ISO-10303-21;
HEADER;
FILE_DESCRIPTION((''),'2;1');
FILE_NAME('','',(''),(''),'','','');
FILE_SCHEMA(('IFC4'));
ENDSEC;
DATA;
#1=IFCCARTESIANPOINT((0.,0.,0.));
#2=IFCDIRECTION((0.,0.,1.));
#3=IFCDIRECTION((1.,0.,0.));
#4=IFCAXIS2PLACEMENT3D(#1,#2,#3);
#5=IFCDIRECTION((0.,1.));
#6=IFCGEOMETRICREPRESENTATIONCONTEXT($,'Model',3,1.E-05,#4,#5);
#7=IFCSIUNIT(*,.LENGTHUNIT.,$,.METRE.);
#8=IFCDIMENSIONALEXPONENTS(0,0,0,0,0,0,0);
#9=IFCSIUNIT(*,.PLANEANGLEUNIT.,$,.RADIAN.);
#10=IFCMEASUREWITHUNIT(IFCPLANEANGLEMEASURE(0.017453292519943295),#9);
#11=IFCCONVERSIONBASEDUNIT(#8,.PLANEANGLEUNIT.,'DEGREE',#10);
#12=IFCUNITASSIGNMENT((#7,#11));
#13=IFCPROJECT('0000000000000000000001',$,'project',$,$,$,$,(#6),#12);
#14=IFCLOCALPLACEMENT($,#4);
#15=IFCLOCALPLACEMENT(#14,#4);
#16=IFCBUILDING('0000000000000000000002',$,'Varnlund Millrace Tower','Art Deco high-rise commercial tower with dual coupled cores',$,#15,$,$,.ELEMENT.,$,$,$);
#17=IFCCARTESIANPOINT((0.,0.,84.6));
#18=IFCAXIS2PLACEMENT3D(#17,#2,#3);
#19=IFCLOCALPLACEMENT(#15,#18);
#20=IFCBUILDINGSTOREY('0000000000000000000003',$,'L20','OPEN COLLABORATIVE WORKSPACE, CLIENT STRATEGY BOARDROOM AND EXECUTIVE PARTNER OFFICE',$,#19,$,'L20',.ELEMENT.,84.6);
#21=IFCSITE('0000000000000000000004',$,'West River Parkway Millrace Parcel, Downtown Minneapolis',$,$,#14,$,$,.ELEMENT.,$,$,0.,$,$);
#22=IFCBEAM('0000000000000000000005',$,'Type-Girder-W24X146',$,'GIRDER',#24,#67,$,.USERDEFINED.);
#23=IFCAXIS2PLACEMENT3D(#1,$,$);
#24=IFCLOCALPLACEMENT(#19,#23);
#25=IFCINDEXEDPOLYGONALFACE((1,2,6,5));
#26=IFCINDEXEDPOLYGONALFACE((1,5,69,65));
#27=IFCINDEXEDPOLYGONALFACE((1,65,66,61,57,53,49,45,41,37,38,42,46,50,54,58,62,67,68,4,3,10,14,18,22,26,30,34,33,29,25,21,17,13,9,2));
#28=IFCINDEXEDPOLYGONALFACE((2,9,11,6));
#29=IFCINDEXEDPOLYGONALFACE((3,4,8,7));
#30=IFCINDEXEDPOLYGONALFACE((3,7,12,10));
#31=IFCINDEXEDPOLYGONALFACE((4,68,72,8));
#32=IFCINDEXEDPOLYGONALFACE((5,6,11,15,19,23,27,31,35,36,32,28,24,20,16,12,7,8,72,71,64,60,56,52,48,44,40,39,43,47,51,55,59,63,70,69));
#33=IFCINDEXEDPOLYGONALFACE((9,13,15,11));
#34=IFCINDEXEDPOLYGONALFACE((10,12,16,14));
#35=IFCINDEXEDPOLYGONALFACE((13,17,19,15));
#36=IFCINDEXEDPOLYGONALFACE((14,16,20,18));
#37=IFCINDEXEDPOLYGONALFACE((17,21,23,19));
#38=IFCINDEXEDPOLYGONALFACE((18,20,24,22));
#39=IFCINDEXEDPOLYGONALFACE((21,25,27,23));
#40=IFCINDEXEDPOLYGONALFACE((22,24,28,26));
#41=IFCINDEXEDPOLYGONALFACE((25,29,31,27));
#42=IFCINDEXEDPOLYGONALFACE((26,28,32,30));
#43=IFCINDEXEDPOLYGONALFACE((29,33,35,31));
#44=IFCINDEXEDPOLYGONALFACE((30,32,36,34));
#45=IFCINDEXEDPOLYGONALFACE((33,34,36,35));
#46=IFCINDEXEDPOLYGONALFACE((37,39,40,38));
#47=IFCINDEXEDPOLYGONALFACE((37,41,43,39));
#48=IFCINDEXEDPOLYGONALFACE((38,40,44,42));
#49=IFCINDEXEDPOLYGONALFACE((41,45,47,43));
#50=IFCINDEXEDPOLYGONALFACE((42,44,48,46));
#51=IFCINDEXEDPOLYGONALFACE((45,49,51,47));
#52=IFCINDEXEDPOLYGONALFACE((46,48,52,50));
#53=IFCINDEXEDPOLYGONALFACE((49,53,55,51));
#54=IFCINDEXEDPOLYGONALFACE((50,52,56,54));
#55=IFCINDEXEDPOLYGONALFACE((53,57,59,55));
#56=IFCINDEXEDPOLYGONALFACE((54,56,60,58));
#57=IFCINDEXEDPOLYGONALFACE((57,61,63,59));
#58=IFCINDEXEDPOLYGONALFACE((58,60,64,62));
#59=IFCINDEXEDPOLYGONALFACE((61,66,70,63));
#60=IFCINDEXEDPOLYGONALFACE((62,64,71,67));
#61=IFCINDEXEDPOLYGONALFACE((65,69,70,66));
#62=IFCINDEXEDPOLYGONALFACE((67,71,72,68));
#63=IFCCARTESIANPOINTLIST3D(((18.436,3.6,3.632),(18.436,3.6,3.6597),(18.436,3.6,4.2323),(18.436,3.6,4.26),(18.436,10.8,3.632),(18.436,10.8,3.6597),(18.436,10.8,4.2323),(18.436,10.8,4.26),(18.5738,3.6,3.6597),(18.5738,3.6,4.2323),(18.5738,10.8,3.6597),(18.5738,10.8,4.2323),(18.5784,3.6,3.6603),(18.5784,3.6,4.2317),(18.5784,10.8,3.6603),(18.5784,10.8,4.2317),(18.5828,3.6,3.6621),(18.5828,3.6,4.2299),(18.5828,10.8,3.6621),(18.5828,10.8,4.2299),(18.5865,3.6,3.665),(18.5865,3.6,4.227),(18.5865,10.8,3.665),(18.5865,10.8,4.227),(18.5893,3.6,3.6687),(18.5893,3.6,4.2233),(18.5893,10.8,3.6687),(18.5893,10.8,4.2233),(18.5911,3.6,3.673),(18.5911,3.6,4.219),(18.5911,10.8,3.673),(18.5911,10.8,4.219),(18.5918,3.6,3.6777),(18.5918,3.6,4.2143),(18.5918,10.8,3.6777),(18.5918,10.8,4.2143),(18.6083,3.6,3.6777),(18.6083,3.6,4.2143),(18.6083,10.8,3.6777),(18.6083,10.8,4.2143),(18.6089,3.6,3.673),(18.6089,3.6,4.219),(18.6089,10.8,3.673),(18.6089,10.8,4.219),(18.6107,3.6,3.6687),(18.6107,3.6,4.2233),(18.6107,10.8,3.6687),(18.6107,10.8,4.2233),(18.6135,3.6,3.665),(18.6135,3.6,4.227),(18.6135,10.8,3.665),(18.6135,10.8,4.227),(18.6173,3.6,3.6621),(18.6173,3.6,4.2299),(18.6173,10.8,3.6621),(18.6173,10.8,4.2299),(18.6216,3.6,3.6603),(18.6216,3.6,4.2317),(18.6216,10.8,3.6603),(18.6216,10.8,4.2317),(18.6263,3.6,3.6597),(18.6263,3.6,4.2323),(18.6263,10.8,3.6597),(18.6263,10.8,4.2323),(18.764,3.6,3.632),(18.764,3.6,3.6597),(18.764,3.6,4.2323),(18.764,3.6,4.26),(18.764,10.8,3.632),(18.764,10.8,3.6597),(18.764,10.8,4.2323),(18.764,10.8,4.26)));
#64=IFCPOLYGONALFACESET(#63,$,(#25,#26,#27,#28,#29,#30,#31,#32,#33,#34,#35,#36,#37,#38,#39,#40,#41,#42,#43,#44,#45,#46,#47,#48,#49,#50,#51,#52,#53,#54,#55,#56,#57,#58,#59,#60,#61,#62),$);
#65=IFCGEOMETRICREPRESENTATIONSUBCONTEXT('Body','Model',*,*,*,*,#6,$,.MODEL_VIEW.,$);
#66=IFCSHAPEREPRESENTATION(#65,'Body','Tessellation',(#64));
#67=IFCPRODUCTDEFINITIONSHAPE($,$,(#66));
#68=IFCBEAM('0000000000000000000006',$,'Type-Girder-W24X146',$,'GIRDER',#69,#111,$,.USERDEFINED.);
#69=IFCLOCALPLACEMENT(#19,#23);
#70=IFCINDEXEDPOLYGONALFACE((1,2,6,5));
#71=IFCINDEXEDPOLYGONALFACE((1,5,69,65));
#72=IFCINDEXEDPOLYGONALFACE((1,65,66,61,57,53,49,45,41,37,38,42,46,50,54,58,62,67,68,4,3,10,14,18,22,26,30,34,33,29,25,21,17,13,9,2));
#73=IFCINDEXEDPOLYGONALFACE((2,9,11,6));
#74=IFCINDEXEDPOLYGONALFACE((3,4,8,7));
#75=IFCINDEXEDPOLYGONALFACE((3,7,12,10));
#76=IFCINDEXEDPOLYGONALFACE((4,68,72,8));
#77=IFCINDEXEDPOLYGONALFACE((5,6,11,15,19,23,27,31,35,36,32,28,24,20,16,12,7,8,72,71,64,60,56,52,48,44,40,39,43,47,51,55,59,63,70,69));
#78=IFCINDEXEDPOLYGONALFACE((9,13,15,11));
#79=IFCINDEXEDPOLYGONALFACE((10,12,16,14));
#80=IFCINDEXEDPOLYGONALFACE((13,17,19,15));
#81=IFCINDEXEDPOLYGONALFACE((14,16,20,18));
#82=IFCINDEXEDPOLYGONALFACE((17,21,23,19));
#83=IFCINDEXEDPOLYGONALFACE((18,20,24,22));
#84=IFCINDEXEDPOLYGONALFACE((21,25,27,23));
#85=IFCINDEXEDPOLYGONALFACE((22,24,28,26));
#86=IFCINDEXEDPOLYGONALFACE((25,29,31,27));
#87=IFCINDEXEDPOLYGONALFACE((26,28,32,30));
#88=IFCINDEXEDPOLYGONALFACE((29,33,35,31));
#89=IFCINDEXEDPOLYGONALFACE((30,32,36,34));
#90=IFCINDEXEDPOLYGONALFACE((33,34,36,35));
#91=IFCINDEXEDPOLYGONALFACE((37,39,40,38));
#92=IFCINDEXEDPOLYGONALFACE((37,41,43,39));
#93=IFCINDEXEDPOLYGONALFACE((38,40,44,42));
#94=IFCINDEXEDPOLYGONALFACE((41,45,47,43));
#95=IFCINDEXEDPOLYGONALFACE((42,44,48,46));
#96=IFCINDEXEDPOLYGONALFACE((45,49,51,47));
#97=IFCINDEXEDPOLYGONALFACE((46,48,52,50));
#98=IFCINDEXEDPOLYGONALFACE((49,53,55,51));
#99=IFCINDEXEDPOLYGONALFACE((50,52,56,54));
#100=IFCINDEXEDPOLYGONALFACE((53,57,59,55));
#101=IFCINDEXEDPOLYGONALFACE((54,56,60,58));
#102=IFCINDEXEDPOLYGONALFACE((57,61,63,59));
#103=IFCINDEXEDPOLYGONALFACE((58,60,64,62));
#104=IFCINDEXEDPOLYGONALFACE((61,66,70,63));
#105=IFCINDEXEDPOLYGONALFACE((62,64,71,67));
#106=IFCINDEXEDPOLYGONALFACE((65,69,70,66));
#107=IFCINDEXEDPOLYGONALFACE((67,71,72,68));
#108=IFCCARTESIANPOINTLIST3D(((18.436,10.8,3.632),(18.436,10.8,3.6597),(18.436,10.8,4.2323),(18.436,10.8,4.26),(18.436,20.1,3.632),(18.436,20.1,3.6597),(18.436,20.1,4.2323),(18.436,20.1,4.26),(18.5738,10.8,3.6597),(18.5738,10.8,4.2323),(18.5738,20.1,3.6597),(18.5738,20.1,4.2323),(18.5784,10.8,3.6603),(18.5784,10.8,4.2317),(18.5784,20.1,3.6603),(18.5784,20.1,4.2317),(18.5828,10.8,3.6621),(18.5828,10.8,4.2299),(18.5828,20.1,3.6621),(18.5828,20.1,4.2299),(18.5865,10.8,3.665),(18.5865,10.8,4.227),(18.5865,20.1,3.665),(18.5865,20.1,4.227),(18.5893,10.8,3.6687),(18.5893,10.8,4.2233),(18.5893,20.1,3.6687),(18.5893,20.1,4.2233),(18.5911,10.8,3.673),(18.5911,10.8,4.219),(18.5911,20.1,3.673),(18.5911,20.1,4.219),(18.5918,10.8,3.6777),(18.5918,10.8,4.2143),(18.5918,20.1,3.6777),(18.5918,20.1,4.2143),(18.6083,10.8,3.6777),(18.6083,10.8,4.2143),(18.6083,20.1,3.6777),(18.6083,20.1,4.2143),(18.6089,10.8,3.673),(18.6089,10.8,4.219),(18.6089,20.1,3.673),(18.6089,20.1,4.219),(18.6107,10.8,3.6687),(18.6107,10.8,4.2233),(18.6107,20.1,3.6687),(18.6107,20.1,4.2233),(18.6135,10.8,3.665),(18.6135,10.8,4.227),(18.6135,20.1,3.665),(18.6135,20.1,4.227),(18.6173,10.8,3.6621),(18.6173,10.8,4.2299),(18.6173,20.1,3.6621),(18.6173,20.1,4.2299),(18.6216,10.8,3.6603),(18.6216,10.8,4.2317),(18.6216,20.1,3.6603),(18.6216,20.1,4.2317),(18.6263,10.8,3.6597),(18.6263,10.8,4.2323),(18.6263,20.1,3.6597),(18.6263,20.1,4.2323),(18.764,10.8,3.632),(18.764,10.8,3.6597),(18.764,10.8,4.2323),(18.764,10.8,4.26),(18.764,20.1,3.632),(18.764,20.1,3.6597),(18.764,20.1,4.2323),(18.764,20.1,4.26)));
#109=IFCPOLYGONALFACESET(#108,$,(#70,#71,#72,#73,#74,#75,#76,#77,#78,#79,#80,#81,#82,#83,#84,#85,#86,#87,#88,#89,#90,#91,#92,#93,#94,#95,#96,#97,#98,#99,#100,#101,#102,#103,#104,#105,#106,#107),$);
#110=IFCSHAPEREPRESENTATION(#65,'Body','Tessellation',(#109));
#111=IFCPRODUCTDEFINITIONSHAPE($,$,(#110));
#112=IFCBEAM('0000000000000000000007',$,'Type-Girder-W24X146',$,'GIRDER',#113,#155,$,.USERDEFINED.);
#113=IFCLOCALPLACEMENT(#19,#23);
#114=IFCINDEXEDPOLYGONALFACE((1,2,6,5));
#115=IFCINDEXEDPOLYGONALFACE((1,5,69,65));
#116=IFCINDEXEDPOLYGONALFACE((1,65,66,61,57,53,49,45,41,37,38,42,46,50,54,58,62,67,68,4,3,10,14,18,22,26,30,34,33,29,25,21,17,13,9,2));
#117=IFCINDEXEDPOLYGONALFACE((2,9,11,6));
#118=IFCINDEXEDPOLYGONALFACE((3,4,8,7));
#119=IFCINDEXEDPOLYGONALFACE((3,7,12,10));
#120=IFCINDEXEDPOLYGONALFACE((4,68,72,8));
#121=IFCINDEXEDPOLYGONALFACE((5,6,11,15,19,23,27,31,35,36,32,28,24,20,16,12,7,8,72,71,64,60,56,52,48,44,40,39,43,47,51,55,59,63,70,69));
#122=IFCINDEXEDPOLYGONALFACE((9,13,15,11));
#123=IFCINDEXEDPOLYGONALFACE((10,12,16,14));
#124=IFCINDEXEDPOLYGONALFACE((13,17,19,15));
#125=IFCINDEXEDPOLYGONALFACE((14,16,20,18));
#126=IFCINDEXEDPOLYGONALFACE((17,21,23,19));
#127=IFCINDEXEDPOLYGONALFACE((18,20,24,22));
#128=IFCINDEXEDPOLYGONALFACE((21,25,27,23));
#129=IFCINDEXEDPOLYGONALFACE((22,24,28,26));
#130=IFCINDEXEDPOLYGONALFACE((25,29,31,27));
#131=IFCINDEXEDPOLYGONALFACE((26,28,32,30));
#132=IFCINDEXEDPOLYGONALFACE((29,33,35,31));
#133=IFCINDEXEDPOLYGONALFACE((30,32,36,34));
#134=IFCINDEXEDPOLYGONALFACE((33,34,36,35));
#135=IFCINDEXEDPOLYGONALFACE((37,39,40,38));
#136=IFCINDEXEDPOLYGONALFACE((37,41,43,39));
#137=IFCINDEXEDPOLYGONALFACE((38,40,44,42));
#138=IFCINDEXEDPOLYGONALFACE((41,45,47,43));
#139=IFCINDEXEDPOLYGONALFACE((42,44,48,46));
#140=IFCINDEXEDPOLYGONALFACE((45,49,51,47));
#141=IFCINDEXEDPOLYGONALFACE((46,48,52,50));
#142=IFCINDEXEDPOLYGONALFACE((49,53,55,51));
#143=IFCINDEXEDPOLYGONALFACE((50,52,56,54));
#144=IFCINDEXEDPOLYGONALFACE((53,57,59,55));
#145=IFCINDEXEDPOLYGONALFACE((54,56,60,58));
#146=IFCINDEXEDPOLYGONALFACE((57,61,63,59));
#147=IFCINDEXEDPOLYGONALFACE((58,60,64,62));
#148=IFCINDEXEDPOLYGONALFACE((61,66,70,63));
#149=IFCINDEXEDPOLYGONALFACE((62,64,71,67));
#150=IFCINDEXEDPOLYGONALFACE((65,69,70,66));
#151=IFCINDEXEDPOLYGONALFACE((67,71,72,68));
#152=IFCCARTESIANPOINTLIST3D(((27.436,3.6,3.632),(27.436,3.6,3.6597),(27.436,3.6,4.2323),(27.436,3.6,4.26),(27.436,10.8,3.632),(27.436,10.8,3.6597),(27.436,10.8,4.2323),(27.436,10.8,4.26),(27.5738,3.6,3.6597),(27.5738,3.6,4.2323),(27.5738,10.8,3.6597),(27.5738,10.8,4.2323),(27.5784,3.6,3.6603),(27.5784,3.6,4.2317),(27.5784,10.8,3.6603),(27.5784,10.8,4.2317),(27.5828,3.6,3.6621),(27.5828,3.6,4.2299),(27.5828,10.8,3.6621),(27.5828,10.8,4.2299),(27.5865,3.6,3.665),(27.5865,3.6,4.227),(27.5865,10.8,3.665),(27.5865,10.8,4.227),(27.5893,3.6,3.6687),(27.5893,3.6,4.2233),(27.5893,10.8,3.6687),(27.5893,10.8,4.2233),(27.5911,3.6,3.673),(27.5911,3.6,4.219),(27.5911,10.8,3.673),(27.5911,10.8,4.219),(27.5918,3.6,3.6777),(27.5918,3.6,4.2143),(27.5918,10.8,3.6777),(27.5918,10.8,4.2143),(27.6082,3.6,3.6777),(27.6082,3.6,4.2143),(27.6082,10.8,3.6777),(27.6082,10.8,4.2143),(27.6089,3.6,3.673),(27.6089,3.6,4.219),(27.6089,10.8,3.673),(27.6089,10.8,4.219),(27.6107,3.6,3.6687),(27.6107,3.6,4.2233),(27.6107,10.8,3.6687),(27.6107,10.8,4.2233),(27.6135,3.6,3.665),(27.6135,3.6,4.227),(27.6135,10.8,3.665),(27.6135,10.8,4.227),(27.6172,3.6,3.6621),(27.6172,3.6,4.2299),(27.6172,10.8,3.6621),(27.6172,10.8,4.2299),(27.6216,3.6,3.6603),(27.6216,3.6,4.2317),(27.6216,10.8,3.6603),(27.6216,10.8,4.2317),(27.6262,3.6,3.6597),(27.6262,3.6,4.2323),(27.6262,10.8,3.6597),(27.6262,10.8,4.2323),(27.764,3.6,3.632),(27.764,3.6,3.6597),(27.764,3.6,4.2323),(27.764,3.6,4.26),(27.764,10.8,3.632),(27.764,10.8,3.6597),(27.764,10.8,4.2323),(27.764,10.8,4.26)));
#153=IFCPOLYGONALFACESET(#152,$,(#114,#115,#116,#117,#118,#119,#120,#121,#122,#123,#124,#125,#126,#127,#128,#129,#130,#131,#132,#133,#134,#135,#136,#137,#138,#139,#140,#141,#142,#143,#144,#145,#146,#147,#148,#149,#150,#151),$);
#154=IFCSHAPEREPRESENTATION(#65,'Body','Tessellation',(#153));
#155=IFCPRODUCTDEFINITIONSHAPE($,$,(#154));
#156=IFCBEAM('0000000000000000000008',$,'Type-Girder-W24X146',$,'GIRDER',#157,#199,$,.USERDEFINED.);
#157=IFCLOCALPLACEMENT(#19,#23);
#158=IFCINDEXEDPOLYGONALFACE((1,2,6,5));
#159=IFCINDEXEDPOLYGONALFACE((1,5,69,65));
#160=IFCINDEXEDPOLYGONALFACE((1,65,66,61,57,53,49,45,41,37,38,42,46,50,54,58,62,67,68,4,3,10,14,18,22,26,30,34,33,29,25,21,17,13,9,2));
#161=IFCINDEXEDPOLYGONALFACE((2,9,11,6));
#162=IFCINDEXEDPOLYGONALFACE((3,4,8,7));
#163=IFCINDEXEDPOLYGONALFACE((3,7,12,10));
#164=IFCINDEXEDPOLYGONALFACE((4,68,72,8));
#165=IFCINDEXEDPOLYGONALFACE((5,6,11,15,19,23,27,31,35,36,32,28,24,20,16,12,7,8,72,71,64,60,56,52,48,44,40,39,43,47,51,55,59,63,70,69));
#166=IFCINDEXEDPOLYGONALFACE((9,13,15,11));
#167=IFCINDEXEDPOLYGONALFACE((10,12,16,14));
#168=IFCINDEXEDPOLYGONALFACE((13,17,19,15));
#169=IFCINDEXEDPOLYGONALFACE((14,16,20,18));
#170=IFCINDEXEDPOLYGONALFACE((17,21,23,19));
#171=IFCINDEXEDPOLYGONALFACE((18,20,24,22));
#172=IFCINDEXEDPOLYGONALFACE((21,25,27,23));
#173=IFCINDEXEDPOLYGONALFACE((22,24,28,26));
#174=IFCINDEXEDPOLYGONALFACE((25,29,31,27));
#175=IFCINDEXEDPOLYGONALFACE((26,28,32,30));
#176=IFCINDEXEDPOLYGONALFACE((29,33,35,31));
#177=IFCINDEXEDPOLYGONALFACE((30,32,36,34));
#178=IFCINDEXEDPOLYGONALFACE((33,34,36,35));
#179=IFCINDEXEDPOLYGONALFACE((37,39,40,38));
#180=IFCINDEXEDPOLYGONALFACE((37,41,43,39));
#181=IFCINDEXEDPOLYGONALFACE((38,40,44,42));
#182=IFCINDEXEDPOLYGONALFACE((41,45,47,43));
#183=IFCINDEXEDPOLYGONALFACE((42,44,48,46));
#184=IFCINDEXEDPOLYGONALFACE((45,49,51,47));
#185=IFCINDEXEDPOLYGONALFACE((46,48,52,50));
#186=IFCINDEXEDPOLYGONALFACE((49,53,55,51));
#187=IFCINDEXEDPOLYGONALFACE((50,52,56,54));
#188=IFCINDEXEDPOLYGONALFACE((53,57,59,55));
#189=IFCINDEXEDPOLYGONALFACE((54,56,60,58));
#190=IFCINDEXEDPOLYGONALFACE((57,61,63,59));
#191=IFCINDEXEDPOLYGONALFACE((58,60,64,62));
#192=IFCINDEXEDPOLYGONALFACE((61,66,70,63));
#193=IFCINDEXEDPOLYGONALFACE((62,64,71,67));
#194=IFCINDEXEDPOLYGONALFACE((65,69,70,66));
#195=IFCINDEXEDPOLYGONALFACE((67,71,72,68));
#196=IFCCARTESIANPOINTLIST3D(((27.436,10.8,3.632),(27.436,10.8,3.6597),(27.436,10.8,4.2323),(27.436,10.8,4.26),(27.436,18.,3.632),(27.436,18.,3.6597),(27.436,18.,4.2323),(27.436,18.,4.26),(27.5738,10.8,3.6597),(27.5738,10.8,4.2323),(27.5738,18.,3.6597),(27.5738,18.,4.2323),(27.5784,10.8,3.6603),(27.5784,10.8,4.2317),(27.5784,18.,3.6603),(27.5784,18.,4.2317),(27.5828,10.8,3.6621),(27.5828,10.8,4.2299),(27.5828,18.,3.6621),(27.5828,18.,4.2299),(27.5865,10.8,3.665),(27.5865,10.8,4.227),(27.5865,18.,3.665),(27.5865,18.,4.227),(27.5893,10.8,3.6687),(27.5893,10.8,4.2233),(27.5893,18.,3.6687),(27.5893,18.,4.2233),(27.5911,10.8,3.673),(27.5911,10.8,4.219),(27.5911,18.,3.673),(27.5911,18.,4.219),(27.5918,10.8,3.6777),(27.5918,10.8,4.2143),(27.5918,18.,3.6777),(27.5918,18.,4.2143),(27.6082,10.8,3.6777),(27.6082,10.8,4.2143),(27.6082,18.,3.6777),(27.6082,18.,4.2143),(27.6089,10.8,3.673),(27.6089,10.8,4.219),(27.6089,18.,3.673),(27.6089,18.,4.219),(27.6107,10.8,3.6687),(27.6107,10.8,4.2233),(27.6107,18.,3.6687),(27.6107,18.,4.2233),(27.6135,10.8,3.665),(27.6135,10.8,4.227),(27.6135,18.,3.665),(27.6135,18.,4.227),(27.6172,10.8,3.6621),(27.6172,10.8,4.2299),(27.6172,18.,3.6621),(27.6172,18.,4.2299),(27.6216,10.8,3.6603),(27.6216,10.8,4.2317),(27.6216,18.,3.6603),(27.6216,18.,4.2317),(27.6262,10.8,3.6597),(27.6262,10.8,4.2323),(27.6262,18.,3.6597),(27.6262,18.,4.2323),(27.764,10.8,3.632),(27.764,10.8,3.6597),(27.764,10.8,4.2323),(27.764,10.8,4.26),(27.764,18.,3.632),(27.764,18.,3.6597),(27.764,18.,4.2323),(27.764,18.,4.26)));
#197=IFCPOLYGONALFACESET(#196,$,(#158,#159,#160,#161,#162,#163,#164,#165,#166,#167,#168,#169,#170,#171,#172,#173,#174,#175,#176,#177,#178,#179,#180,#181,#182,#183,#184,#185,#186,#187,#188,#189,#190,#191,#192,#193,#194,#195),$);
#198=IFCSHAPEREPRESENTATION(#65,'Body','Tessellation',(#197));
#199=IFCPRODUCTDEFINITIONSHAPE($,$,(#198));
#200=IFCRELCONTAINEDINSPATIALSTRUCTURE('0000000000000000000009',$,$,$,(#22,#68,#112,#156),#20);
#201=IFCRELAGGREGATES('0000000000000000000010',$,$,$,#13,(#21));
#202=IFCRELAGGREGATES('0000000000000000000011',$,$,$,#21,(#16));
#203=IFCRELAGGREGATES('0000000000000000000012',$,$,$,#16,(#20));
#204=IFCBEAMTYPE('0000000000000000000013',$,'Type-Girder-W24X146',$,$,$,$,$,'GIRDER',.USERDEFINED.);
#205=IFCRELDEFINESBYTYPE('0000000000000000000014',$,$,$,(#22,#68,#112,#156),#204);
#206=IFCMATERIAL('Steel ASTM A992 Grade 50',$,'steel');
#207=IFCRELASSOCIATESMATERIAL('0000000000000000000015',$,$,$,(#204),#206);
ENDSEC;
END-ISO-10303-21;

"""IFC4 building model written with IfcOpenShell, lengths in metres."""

from ifc_helpers import new_model, entity, si_unit, converted_unit, direction, frame, origin_with_axes, origin_2d_with_axis, place, context, subcontext, project, spatial, i_section, extrude, material, material_profile, profile_set, type_object, element, save


model = new_model("IFC4")

# Units and contexts
model_context = context("Model", 3, precision=1e-05, world=origin_with_axes(), true_north=direction((0.0, 1.0)))
body_context = subcontext(model_context, "Body", "Model", "MODEL_VIEW")
ifc_project = project(units=[si_unit("LENGTHUNIT", "METRE"), converted_unit("PLANEANGLEUNIT", "DEGREE", entity("IfcPlaneAngleMeasure", 0.017453292519943295), si_unit("PLANEANGLEUNIT", "RADIAN"), dimensions=[0, 0, 0, 0, 0, 0, 0])], contexts=[model_context])

# Site, building, storey
site_placement = place(None, origin_with_axes())
site = spatial("IfcSite", under=ifc_project, at=site_placement, Name="West River Parkway Millrace Parcel, Downtown Minneapolis", CompositionType="ELEMENT", RefElevation=0.0)
building_placement = place(site_placement, origin_with_axes())
building = spatial("IfcBuilding", under=site, at=building_placement, Name="Varnlund Millrace Tower", Description="Art Deco high-rise commercial tower with dual coupled cores", CompositionType="ELEMENT")
storey_placement = place(building_placement, frame((0.0, 0.0, 84.6), z_axis=(0.0, 0.0, 1.0), x_axis=(1.0, 0.0, 0.0)))
storey = spatial("IfcBuildingStorey", under=building, at=storey_placement, Name="L20", Description="OPEN COLLABORATIVE WORKSPACE, CLIENT STRATEGY BOARDROOM AND EXECUTIVE PARTNER OFFICE", LongName="L20", CompositionType="ELEMENT", Elevation=84.6)

# Beams
ifc_material_1 = material(Name="Steel ASTM A992 Grade 50", Category="steel")
ifc_material_profile_1 = material_profile(ifc_material_1, i_section(OverallWidth=0.328, OverallDepth=0.628, WebThickness=0.0165, FlangeThickness=0.0277, FilletRadius=0.018, at=origin_2d_with_axis()), Name="Steel ASTM A992 Grade 50")
ifc_profile_set_1 = profile_set([ifc_material_profile_1], Name="Steel ASTM A992 Grade 50")
beam_type_1 = type_object("IfcBeamType", Name="Type-Girder-W24X146", ElementType="GIRDER", PredefinedType="USERDEFINED", material=ifc_profile_set_1)
beam_1_placement = place(storey_placement, frame((18.6, 3.6, 3.946), z_axis=(0.0, 1.0, 0.0), x_axis=(-1.0, 0.0, 0.0)))
element("IfcBeam", 1, at=beam_1_placement, inside=storey, type_object=beam_type_1, Name="Type-Girder-W24X146", ObjectType="GIRDER", PredefinedType="USERDEFINED", context=body_context, shape_type="SweptSolid", body=[
    extrude(i_section(OverallWidth=0.328, OverallDepth=0.628, WebThickness=0.0165, FlangeThickness=0.0277, FilletRadius=0.018, at=origin_2d_with_axis()), origin_with_axes(), (0.0, 0.0, 1.0), 7.2),
])
beam_2_placement = place(storey_placement, frame((18.6, 10.8, 3.946), z_axis=(0.0, 1.0, 0.0), x_axis=(-1.0, 0.0, 0.0)))
element("IfcBeam", 2, at=beam_2_placement, inside=storey, type_object=beam_type_1, Name="Type-Girder-W24X146", ObjectType="GIRDER", PredefinedType="USERDEFINED", context=body_context, shape_type="SweptSolid", body=[
    extrude(i_section(OverallWidth=0.328, OverallDepth=0.628, WebThickness=0.0165, FlangeThickness=0.0277, FilletRadius=0.018, at=origin_2d_with_axis()), origin_with_axes(), (0.0, 0.0, 1.0), 9.3),
])
for number, where, z_axis, x_axis, name in (
    (3, (27.6, 3.6, 3.946), (0.0, 1.0, 0.0), (-1.0, 0.0, 0.0), "Type-Girder-W24X146"),
    (4, (27.6, 10.8, 3.946), (0.0, 1.0, 0.0), (-1.0, 0.0, 0.0), "Type-Girder-W24X146"),
):
    element("IfcBeam", number, at=place(storey_placement, frame(where, z_axis=z_axis, x_axis=x_axis)), inside=storey, type_object=beam_type_1, Name=name, ObjectType="GIRDER", PredefinedType="USERDEFINED", context=body_context, shape_type="SweptSolid", body=[
        extrude(i_section(OverallWidth=0.328, OverallDepth=0.628, WebThickness=0.0165, FlangeThickness=0.0277, FilletRadius=0.018, at=origin_2d_with_axis()), origin_with_axes(), (0.0, 0.0, 1.0), 7.2),
    ])

save(model, "model.ifc")
